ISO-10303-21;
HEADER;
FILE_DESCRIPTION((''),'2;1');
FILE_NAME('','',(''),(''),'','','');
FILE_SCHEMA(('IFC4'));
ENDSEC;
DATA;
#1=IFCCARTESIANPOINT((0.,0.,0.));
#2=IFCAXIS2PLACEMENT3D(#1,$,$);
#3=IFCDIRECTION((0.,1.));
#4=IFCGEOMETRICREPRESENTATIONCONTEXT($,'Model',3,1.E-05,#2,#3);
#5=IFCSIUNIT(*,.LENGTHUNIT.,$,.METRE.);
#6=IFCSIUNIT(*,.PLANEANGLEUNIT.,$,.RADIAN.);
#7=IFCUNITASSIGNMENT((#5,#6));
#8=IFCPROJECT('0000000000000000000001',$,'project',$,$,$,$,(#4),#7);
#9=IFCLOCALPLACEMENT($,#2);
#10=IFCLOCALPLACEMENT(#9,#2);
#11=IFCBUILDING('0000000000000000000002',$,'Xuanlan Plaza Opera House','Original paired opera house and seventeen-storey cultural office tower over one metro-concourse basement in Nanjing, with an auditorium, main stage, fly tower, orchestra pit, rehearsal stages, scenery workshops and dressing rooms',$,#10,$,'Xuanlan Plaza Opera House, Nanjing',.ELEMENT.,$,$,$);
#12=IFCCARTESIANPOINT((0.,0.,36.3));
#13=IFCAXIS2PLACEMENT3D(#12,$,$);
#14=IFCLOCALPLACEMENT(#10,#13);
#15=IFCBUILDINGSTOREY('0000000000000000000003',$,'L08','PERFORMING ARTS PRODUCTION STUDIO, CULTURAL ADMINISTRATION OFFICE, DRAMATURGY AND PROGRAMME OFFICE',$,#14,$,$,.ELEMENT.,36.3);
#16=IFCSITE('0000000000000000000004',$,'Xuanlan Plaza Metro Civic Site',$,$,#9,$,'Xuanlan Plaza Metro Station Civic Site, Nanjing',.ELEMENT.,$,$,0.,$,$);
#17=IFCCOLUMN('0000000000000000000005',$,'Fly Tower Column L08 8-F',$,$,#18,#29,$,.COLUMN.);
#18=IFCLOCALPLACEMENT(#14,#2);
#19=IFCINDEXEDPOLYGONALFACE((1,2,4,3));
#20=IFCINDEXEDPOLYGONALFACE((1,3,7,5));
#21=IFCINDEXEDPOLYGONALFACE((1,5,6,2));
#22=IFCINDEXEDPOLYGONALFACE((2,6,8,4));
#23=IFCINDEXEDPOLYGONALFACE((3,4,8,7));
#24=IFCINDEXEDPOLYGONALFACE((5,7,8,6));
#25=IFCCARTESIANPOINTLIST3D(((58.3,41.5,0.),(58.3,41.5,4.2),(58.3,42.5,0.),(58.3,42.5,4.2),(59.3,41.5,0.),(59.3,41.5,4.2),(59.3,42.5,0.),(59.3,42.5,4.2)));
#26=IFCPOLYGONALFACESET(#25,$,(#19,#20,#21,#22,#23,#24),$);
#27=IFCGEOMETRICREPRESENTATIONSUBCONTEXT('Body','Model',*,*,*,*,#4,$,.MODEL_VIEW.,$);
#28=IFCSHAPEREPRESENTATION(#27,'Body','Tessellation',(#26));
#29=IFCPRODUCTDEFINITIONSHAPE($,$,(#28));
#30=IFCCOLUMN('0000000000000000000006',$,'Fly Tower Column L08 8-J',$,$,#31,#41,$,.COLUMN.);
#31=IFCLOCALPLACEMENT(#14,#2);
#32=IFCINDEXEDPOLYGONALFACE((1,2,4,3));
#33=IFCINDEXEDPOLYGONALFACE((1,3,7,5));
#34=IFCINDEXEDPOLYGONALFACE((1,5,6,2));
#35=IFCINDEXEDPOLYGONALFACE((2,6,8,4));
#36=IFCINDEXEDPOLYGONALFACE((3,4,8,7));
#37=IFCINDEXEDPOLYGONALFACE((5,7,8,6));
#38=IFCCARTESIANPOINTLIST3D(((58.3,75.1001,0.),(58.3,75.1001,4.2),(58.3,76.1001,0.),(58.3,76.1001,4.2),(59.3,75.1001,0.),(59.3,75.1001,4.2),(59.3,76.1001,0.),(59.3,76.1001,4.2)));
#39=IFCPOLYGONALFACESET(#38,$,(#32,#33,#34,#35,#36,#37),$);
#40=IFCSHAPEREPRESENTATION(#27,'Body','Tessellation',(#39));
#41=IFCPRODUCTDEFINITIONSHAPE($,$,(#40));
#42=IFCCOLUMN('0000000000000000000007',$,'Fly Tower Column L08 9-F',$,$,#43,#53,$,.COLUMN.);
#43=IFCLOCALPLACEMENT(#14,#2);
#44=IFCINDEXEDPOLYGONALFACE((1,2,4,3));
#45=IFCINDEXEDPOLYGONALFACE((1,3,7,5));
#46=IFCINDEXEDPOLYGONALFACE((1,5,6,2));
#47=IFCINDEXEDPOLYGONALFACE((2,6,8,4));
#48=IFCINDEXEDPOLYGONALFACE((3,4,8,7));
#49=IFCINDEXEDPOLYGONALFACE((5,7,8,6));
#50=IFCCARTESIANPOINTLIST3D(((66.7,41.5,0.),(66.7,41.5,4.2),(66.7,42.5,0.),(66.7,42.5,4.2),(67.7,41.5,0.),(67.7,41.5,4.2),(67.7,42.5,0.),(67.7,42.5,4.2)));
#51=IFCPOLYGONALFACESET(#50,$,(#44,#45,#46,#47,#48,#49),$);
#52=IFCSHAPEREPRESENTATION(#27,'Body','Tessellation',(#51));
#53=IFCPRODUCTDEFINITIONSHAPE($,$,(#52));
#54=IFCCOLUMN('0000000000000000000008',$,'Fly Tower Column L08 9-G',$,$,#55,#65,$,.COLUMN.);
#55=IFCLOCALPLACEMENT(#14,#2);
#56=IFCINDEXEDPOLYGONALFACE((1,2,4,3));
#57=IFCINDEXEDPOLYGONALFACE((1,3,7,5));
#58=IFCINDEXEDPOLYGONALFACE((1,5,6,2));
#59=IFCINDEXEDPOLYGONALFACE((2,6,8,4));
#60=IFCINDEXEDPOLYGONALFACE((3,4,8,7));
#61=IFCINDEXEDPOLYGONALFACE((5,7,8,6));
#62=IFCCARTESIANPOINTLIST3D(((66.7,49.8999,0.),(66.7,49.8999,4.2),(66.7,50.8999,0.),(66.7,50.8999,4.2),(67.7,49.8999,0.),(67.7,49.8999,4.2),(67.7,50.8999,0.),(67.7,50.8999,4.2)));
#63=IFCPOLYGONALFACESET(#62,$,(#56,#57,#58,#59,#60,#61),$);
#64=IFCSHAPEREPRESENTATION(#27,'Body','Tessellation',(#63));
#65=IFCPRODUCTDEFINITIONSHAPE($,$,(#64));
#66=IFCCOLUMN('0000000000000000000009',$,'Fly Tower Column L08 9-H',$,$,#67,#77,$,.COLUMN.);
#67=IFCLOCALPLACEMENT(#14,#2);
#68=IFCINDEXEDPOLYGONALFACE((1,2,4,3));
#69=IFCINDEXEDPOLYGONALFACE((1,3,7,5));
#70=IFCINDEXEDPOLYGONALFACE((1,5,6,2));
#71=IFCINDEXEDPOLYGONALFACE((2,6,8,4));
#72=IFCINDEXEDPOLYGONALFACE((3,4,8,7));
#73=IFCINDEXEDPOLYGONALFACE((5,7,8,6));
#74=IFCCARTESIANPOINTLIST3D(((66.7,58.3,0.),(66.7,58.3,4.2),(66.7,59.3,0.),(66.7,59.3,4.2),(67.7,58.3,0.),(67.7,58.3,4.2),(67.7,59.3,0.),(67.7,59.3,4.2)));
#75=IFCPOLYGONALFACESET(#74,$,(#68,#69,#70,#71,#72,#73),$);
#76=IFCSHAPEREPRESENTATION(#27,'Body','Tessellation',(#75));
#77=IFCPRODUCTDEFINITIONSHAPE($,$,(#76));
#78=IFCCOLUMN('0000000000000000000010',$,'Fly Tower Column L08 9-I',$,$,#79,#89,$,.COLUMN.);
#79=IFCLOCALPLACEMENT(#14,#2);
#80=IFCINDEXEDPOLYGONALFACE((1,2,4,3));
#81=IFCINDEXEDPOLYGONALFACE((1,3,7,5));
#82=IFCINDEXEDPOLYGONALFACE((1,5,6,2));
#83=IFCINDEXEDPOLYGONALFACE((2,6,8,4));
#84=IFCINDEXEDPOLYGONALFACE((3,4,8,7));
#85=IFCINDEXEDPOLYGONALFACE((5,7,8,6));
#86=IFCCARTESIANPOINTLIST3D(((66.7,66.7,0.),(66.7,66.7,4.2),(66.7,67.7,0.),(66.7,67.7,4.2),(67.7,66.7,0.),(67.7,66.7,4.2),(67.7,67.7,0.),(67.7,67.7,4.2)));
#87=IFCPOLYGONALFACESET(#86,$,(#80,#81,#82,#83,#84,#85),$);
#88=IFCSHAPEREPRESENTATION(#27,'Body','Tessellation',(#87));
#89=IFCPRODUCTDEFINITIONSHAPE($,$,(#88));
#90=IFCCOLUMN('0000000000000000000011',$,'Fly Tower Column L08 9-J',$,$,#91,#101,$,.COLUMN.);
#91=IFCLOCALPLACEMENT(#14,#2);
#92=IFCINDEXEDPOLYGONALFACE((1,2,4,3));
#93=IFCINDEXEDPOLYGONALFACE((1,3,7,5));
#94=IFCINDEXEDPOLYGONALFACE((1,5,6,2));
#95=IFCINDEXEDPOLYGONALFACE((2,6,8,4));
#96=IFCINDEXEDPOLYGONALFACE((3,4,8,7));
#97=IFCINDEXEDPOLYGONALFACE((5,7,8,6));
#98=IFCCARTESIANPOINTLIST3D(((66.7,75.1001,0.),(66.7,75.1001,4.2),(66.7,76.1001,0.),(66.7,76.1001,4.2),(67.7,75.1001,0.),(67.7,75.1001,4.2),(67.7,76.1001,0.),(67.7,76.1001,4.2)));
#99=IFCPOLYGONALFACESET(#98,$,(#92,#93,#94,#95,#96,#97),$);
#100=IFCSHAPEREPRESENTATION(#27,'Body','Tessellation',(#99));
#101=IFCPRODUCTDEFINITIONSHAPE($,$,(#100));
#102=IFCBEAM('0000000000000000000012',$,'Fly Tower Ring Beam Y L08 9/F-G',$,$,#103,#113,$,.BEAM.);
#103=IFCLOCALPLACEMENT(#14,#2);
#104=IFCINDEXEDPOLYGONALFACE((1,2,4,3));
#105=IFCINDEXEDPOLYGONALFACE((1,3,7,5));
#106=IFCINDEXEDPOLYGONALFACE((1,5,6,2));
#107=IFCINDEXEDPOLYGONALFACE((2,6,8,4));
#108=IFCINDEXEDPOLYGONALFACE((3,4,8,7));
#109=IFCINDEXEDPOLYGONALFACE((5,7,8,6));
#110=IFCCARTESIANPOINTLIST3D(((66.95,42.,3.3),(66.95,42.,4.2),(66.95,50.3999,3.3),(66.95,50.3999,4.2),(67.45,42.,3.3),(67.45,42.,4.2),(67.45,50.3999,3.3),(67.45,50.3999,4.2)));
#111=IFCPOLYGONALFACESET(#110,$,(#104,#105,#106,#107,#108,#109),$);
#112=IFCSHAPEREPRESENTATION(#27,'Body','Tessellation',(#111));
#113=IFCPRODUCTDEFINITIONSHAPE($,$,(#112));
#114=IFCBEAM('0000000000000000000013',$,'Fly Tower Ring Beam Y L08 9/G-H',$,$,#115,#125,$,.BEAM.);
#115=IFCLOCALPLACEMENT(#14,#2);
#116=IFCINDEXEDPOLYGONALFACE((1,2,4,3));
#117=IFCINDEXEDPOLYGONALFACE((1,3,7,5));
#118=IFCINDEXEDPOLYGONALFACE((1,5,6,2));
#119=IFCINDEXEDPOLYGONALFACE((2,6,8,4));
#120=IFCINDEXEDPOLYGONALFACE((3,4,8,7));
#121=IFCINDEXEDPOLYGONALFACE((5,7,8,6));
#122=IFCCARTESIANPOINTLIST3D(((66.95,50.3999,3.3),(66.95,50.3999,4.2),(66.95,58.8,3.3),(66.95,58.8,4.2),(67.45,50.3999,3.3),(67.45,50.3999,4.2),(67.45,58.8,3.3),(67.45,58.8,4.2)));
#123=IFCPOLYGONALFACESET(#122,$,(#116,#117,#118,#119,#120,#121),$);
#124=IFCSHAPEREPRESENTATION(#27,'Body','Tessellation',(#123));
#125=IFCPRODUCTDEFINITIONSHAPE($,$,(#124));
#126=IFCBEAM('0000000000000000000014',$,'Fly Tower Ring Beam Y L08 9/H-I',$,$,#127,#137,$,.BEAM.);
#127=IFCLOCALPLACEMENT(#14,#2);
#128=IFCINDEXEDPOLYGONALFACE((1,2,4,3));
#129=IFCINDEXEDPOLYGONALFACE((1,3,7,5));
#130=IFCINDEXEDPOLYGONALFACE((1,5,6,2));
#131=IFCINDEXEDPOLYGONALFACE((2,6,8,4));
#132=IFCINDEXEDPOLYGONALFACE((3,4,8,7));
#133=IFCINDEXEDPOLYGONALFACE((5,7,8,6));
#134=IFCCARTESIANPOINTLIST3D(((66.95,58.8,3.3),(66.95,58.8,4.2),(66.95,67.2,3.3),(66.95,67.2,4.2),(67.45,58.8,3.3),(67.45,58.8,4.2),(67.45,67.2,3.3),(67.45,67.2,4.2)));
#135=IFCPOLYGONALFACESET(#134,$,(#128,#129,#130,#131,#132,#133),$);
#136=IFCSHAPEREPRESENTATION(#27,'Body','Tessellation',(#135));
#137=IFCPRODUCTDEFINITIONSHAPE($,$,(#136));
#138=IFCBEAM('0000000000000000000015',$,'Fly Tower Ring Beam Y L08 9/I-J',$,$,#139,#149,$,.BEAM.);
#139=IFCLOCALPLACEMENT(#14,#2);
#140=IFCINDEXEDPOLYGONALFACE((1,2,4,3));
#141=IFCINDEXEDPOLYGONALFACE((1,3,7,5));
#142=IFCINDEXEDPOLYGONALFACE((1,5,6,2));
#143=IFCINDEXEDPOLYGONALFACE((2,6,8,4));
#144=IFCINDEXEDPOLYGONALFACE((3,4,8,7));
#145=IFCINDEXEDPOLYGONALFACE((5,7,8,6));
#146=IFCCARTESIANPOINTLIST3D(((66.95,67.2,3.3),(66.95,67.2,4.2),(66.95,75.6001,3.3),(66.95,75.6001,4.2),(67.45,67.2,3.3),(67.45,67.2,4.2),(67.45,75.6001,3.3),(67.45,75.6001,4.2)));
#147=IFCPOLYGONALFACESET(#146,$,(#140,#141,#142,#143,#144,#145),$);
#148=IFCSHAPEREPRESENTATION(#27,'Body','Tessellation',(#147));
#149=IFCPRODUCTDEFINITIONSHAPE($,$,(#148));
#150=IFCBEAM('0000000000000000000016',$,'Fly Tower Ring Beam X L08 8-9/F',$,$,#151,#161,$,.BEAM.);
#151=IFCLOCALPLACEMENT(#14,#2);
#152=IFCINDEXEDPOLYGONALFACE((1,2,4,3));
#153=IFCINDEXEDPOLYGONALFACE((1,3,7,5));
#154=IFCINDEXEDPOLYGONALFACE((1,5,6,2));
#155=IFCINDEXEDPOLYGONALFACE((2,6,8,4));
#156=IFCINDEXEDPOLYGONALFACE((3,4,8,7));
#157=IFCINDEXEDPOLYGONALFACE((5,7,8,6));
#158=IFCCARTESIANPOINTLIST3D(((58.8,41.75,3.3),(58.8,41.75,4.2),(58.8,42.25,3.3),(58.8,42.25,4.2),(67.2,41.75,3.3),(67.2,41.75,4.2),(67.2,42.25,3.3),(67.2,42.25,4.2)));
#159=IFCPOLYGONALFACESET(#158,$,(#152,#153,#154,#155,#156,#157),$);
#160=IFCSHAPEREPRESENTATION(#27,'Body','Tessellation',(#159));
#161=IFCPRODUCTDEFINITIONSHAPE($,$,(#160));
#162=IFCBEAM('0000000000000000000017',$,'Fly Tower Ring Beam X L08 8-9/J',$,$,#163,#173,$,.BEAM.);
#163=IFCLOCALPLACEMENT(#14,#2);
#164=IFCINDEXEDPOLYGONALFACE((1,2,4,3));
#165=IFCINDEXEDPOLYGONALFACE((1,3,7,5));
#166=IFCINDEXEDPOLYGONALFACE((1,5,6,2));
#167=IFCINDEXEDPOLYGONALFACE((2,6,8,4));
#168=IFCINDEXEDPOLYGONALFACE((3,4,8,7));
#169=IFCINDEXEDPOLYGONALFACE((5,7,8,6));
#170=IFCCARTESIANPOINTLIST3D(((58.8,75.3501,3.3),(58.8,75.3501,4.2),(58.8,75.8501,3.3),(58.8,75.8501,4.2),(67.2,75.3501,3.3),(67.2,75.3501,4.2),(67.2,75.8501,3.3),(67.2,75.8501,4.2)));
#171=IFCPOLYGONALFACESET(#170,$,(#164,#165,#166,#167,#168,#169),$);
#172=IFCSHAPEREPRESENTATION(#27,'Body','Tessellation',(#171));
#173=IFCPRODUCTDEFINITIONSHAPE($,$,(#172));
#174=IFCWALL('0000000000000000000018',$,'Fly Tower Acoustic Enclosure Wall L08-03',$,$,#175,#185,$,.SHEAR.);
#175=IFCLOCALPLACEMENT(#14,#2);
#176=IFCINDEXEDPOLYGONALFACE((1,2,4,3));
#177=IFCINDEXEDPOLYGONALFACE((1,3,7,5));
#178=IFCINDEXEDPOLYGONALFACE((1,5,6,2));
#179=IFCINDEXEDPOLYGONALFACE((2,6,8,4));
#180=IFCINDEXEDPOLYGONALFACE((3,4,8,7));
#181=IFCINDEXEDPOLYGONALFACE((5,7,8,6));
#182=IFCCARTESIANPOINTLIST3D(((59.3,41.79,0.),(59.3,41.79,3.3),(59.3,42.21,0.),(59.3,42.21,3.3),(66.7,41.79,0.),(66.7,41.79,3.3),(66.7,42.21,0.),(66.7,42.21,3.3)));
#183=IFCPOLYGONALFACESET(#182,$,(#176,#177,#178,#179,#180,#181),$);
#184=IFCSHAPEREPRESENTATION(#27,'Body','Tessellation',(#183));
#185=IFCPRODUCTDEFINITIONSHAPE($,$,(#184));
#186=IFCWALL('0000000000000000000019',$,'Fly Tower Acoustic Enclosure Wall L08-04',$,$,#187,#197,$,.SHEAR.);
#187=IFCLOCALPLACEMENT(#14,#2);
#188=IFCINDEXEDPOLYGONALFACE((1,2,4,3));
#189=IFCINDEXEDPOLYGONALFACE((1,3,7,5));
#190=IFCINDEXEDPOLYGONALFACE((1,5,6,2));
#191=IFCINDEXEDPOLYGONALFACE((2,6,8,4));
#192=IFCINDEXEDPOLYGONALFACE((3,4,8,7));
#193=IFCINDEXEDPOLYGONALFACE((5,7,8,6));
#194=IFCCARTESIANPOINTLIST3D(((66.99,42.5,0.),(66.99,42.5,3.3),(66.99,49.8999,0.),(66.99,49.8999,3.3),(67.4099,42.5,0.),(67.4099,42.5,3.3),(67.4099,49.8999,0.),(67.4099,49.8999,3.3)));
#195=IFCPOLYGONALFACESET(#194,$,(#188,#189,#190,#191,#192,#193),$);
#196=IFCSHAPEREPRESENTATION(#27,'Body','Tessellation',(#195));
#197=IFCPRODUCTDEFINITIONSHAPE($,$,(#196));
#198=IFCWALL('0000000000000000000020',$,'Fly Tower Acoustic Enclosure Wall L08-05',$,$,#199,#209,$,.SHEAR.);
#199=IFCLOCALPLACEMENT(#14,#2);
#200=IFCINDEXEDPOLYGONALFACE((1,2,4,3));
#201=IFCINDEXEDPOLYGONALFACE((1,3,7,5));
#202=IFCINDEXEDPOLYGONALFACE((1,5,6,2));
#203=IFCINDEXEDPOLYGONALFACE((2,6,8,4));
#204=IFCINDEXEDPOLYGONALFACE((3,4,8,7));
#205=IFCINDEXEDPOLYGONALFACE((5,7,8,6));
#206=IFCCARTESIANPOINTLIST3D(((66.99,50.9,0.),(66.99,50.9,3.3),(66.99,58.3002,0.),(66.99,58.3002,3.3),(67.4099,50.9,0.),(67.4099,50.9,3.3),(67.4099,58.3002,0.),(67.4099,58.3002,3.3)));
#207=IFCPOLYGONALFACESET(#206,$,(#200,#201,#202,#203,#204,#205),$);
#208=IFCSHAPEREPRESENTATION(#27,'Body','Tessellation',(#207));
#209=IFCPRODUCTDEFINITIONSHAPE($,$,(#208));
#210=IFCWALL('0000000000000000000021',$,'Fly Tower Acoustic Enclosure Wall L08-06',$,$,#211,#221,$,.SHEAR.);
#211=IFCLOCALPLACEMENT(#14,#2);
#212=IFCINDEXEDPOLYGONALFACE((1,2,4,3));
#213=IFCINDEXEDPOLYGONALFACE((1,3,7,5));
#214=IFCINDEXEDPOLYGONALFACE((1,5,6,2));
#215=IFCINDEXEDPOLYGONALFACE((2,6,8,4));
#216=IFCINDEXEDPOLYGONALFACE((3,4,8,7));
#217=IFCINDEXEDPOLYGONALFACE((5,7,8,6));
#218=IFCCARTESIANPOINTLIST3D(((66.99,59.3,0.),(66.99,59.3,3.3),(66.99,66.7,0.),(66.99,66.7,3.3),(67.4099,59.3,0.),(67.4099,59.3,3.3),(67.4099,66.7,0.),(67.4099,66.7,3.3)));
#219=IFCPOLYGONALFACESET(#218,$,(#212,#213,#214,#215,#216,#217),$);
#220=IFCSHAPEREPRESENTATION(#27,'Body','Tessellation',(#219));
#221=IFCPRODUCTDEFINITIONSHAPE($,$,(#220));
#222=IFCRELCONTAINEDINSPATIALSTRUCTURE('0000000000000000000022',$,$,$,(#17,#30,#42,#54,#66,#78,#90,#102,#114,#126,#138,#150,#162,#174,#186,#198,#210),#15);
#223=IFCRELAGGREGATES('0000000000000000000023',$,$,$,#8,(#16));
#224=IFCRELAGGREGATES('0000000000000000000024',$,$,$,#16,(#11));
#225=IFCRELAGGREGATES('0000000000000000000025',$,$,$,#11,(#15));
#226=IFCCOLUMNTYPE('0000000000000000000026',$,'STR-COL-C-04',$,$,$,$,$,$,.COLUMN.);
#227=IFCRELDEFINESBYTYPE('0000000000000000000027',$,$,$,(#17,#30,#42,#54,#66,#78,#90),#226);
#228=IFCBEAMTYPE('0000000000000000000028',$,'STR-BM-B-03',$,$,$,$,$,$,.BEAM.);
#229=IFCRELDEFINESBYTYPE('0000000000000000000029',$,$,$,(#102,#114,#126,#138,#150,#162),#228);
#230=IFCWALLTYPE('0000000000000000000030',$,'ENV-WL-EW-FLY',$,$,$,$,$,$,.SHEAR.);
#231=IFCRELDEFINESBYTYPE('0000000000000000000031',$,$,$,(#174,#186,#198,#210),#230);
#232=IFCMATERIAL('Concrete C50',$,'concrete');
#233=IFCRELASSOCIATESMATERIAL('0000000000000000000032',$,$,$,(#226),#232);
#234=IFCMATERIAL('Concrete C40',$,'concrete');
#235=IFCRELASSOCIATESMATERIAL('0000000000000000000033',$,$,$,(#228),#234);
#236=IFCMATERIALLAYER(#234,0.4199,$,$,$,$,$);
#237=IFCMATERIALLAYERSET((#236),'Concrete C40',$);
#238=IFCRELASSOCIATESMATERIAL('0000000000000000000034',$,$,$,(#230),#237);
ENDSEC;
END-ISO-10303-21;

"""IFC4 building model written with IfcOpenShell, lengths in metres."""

from ifc_helpers import new_model, si_unit, direction, frame, frame_2d, origin, origin_2d, place, context, subcontext, project, spatial, rectangle, extrude, material, layer, layer_set, material_profile, profile_set, type_object, element, save


model = new_model("IFC4")

# Units and contexts
model_context = context("Model", 3, precision=1e-05, world=origin(), true_north=direction((0.0, 1.0)))
body_context = subcontext(model_context, "Body", "Model", "MODEL_VIEW")
ifc_project = project(units=[si_unit("LENGTHUNIT", "METRE"), si_unit("PLANEANGLEUNIT", "RADIAN")], contexts=[model_context])

# Site, building, storey
site_placement = place(None, origin())
site = spatial("IfcSite", under=ifc_project, at=site_placement, Name="Xuanlan Plaza Metro Civic Site", LongName="Xuanlan Plaza Metro Station Civic Site, Nanjing", CompositionType="ELEMENT", RefElevation=0.0)
building_placement = place(site_placement, origin())
building = spatial("IfcBuilding", under=site, at=building_placement, Name="Xuanlan Plaza Opera House", Description="Original paired opera house and seventeen-storey cultural office tower over one metro-concourse basement in Nanjing, with an auditorium, main stage, fly tower, orchestra pit, rehearsal stages, scenery workshops and dressing rooms", LongName="Xuanlan Plaza Opera House, Nanjing", CompositionType="ELEMENT")
storey_placement = place(building_placement, frame((0.0, 0.0, 36.3)))
storey = spatial("IfcBuildingStorey", under=building, at=storey_placement, Name="L08", Description="PERFORMING ARTS PRODUCTION STUDIO, CULTURAL ADMINISTRATION OFFICE, DRAMATURGY AND PROGRAMME OFFICE", CompositionType="ELEMENT", Elevation=36.3)

# Columns
ifc_material_1 = material(Name="Concrete C50", Category="concrete")
ifc_material_profile_1 = material_profile(ifc_material_1, rectangle(XDim=1.0, YDim=1.0, at=origin_2d()), Name="RC-COL 1000x1000")
ifc_profile_set_1 = profile_set([ifc_material_profile_1], Name="Concrete C50")
column_type = type_object("IfcColumnType", Name="STR-COL-C-04", PredefinedType="COLUMN", material=ifc_profile_set_1)
for number, where, z_axis, x_axis, name in (
    (1, (58.8, 42.0, 0.0), (0.0, 0.0, 1.0), (1.0, 0.0, 0.0), "Fly Tower Column L08 8-F"),
    (2, (58.8, 75.6001, 0.0), (0.0, 0.0, 1.0), (1.0, 0.0, 0.0), "Fly Tower Column L08 8-J"),
    (3, (67.2, 42.0, 0.0), (0.0, 0.0, 1.0), (1.0, 0.0, 0.0), "Fly Tower Column L08 9-F"),
    (4, (67.2, 50.3999, 0.0), (0.0, 0.0, 1.0), (1.0, 0.0, 0.0), "Fly Tower Column L08 9-G"),
    (5, (67.2, 58.8, 0.0), (0.0, 0.0, 1.0), (1.0, 0.0, 0.0), "Fly Tower Column L08 9-H"),
    (6, (67.2, 67.2, 0.0), (0.0, 0.0, 1.0), (1.0, 0.0, 0.0), "Fly Tower Column L08 9-I"),
    (7, (67.2, 75.6001, 0.0), (0.0, 0.0, 1.0), (1.0, 0.0, 0.0), "Fly Tower Column L08 9-J"),
):
    element("IfcColumn", number, at=place(storey_placement, frame(where, z_axis=z_axis, x_axis=x_axis)), inside=storey, type_object=column_type, Name=name, PredefinedType="COLUMN", context=body_context, shape_type="SweptSolid", body=[
        extrude(rectangle(XDim=1.0, YDim=1.0, at=origin_2d()), origin(), (0.0, 0.0, 1.0), 4.2),
    ])

# Beams
ifc_material_2 = material(Name="Concrete C40", Category="concrete")
ifc_material_profile_2 = material_profile(ifc_material_2, rectangle(XDim=0.5, YDim=0.8999, at=origin_2d()), Name="RC-BM 500x900")
ifc_profile_set_2 = profile_set([ifc_material_profile_2], Name="Concrete C40")
beam_type = type_object("IfcBeamType", Name="STR-BM-B-03", PredefinedType="BEAM", material=ifc_profile_set_2)
beam_1_placement = place(storey_placement, frame((67.2, 42.0, 3.75), z_axis=(0.0, 1.0, 0.0), x_axis=(-1.0, 0.0, 0.0)))
element("IfcBeam", 8, at=beam_1_placement, inside=storey, type_object=beam_type, Name="Fly Tower Ring Beam Y L08 9/F-G", PredefinedType="BEAM", context=body_context, shape_type="SweptSolid", body=[
    extrude(rectangle(XDim=0.5, YDim=0.8999, at=origin_2d()), origin(), (0.0, 0.0, 1.0), 8.3999),
])
beam_2_placement = place(storey_placement, frame((67.2, 50.3999, 3.75), z_axis=(0.0, 1.0, 0.0), x_axis=(-1.0, 0.0, 0.0)))
element("IfcBeam", 9, at=beam_2_placement, inside=storey, type_object=beam_type, Name="Fly Tower Ring Beam Y L08 9/G-H", PredefinedType="BEAM", context=body_context, shape_type="SweptSolid", body=[
    extrude(rectangle(XDim=0.5, YDim=0.8999, at=origin_2d()), origin(), (0.0, 0.0, 1.0), 8.4001),
])
beam_3_placement = place(storey_placement, frame((67.2, 58.8, 3.75), z_axis=(0.0, 1.0, 0.0), x_axis=(-1.0, 0.0, 0.0)))
element("IfcBeam", 10, at=beam_3_placement, inside=storey, type_object=beam_type, Name="Fly Tower Ring Beam Y L08 9/H-I", PredefinedType="BEAM", context=body_context, shape_type="SweptSolid", body=[
    extrude(rectangle(XDim=0.5, YDim=0.8999, at=origin_2d()), origin(), (0.0, 0.0, 1.0), 8.3999),
])
beam_4_placement = place(storey_placement, frame((67.2, 67.2, 3.75), z_axis=(0.0, 1.0, 0.0), x_axis=(-1.0, 0.0, 0.0)))
element("IfcBeam", 11, at=beam_4_placement, inside=storey, type_object=beam_type, Name="Fly Tower Ring Beam Y L08 9/I-J", PredefinedType="BEAM", context=body_context, shape_type="SweptSolid", body=[
    extrude(rectangle(XDim=0.5, YDim=0.8999, at=origin_2d()), origin(), (0.0, 0.0, 1.0), 8.4001),
])
for number, where, z_axis, x_axis, name in (
    (12, (58.8, 42.0, 3.75), (1.0, 0.0, 0.0), (0.0, 1.0, 0.0), "Fly Tower Ring Beam X L08 8-9/F"),
    (13, (58.8, 75.6001, 3.75), (1.0, 0.0, 0.0), (0.0, 1.0, 0.0), "Fly Tower Ring Beam X L08 8-9/J"),
):
    element("IfcBeam", number, at=place(storey_placement, frame(where, z_axis=z_axis, x_axis=x_axis)), inside=storey, type_object=beam_type, Name=name, PredefinedType="BEAM", context=body_context, shape_type="SweptSolid", body=[
        extrude(rectangle(XDim=0.5, YDim=0.8999, at=origin_2d()), origin(), (0.0, 0.0, 1.0), 8.3999),
    ])

# Walls
ifc_layer = layer(ifc_material_2, 0.4199)
ifc_layer_set = layer_set([ifc_layer], Name="Concrete C40")
wall_type = type_object("IfcWallType", Name="ENV-WL-EW-FLY", PredefinedType="SHEAR", material=ifc_layer_set)
for number, where, z_axis, x_axis, name in (
    (14, (59.3, 42.0, 0.0), (0.0, 0.0, 1.0), (1.0, 0.0, 0.0), "Fly Tower Acoustic Enclosure Wall L08-03"),
    (15, (67.2, 42.5, 0.0), (0.0, 0.0, 1.0), (0.0, 1.0, 0.0), "Fly Tower Acoustic Enclosure Wall L08-04"),
):
    element("IfcWall", number, at=place(storey_placement, frame(where, z_axis=z_axis, x_axis=x_axis)), inside=storey, type_object=wall_type, Name=name, PredefinedType="SHEAR", context=body_context, shape_type="SweptSolid", body=[
        extrude(rectangle(XDim=7.3999, YDim=0.4199, at=frame_2d((3.7, 0.0))), origin(), (0.0, 0.0, 1.0), 3.3),
    ])
wall_1_placement = place(storey_placement, frame((67.2, 50.8999, 0.0), z_axis=(0.0, 0.0, 1.0), x_axis=(0.0, 1.0, 0.0)))
element("IfcWall", 16, at=wall_1_placement, inside=storey, type_object=wall_type, Name="Fly Tower Acoustic Enclosure Wall L08-05", PredefinedType="SHEAR", context=body_context, shape_type="SweptSolid", body=[
    extrude(rectangle(XDim=7.4001, YDim=0.4199, at=frame_2d((3.7002, 0.0))), origin(), (0.0, 0.0, 1.0), 3.3),
])
wall_2_placement = place(storey_placement, frame((67.2, 59.3, 0.0), z_axis=(0.0, 0.0, 1.0), x_axis=(0.0, 1.0, 0.0)))
element("IfcWall", 17, at=wall_2_placement, inside=storey, type_object=wall_type, Name="Fly Tower Acoustic Enclosure Wall L08-06", PredefinedType="SHEAR", context=body_context, shape_type="SweptSolid", body=[
    extrude(rectangle(XDim=7.3999, YDim=0.4199, at=frame_2d((3.7, 0.0))), origin(), (0.0, 0.0, 1.0), 3.3),
])

save(model, "model.ifc")
